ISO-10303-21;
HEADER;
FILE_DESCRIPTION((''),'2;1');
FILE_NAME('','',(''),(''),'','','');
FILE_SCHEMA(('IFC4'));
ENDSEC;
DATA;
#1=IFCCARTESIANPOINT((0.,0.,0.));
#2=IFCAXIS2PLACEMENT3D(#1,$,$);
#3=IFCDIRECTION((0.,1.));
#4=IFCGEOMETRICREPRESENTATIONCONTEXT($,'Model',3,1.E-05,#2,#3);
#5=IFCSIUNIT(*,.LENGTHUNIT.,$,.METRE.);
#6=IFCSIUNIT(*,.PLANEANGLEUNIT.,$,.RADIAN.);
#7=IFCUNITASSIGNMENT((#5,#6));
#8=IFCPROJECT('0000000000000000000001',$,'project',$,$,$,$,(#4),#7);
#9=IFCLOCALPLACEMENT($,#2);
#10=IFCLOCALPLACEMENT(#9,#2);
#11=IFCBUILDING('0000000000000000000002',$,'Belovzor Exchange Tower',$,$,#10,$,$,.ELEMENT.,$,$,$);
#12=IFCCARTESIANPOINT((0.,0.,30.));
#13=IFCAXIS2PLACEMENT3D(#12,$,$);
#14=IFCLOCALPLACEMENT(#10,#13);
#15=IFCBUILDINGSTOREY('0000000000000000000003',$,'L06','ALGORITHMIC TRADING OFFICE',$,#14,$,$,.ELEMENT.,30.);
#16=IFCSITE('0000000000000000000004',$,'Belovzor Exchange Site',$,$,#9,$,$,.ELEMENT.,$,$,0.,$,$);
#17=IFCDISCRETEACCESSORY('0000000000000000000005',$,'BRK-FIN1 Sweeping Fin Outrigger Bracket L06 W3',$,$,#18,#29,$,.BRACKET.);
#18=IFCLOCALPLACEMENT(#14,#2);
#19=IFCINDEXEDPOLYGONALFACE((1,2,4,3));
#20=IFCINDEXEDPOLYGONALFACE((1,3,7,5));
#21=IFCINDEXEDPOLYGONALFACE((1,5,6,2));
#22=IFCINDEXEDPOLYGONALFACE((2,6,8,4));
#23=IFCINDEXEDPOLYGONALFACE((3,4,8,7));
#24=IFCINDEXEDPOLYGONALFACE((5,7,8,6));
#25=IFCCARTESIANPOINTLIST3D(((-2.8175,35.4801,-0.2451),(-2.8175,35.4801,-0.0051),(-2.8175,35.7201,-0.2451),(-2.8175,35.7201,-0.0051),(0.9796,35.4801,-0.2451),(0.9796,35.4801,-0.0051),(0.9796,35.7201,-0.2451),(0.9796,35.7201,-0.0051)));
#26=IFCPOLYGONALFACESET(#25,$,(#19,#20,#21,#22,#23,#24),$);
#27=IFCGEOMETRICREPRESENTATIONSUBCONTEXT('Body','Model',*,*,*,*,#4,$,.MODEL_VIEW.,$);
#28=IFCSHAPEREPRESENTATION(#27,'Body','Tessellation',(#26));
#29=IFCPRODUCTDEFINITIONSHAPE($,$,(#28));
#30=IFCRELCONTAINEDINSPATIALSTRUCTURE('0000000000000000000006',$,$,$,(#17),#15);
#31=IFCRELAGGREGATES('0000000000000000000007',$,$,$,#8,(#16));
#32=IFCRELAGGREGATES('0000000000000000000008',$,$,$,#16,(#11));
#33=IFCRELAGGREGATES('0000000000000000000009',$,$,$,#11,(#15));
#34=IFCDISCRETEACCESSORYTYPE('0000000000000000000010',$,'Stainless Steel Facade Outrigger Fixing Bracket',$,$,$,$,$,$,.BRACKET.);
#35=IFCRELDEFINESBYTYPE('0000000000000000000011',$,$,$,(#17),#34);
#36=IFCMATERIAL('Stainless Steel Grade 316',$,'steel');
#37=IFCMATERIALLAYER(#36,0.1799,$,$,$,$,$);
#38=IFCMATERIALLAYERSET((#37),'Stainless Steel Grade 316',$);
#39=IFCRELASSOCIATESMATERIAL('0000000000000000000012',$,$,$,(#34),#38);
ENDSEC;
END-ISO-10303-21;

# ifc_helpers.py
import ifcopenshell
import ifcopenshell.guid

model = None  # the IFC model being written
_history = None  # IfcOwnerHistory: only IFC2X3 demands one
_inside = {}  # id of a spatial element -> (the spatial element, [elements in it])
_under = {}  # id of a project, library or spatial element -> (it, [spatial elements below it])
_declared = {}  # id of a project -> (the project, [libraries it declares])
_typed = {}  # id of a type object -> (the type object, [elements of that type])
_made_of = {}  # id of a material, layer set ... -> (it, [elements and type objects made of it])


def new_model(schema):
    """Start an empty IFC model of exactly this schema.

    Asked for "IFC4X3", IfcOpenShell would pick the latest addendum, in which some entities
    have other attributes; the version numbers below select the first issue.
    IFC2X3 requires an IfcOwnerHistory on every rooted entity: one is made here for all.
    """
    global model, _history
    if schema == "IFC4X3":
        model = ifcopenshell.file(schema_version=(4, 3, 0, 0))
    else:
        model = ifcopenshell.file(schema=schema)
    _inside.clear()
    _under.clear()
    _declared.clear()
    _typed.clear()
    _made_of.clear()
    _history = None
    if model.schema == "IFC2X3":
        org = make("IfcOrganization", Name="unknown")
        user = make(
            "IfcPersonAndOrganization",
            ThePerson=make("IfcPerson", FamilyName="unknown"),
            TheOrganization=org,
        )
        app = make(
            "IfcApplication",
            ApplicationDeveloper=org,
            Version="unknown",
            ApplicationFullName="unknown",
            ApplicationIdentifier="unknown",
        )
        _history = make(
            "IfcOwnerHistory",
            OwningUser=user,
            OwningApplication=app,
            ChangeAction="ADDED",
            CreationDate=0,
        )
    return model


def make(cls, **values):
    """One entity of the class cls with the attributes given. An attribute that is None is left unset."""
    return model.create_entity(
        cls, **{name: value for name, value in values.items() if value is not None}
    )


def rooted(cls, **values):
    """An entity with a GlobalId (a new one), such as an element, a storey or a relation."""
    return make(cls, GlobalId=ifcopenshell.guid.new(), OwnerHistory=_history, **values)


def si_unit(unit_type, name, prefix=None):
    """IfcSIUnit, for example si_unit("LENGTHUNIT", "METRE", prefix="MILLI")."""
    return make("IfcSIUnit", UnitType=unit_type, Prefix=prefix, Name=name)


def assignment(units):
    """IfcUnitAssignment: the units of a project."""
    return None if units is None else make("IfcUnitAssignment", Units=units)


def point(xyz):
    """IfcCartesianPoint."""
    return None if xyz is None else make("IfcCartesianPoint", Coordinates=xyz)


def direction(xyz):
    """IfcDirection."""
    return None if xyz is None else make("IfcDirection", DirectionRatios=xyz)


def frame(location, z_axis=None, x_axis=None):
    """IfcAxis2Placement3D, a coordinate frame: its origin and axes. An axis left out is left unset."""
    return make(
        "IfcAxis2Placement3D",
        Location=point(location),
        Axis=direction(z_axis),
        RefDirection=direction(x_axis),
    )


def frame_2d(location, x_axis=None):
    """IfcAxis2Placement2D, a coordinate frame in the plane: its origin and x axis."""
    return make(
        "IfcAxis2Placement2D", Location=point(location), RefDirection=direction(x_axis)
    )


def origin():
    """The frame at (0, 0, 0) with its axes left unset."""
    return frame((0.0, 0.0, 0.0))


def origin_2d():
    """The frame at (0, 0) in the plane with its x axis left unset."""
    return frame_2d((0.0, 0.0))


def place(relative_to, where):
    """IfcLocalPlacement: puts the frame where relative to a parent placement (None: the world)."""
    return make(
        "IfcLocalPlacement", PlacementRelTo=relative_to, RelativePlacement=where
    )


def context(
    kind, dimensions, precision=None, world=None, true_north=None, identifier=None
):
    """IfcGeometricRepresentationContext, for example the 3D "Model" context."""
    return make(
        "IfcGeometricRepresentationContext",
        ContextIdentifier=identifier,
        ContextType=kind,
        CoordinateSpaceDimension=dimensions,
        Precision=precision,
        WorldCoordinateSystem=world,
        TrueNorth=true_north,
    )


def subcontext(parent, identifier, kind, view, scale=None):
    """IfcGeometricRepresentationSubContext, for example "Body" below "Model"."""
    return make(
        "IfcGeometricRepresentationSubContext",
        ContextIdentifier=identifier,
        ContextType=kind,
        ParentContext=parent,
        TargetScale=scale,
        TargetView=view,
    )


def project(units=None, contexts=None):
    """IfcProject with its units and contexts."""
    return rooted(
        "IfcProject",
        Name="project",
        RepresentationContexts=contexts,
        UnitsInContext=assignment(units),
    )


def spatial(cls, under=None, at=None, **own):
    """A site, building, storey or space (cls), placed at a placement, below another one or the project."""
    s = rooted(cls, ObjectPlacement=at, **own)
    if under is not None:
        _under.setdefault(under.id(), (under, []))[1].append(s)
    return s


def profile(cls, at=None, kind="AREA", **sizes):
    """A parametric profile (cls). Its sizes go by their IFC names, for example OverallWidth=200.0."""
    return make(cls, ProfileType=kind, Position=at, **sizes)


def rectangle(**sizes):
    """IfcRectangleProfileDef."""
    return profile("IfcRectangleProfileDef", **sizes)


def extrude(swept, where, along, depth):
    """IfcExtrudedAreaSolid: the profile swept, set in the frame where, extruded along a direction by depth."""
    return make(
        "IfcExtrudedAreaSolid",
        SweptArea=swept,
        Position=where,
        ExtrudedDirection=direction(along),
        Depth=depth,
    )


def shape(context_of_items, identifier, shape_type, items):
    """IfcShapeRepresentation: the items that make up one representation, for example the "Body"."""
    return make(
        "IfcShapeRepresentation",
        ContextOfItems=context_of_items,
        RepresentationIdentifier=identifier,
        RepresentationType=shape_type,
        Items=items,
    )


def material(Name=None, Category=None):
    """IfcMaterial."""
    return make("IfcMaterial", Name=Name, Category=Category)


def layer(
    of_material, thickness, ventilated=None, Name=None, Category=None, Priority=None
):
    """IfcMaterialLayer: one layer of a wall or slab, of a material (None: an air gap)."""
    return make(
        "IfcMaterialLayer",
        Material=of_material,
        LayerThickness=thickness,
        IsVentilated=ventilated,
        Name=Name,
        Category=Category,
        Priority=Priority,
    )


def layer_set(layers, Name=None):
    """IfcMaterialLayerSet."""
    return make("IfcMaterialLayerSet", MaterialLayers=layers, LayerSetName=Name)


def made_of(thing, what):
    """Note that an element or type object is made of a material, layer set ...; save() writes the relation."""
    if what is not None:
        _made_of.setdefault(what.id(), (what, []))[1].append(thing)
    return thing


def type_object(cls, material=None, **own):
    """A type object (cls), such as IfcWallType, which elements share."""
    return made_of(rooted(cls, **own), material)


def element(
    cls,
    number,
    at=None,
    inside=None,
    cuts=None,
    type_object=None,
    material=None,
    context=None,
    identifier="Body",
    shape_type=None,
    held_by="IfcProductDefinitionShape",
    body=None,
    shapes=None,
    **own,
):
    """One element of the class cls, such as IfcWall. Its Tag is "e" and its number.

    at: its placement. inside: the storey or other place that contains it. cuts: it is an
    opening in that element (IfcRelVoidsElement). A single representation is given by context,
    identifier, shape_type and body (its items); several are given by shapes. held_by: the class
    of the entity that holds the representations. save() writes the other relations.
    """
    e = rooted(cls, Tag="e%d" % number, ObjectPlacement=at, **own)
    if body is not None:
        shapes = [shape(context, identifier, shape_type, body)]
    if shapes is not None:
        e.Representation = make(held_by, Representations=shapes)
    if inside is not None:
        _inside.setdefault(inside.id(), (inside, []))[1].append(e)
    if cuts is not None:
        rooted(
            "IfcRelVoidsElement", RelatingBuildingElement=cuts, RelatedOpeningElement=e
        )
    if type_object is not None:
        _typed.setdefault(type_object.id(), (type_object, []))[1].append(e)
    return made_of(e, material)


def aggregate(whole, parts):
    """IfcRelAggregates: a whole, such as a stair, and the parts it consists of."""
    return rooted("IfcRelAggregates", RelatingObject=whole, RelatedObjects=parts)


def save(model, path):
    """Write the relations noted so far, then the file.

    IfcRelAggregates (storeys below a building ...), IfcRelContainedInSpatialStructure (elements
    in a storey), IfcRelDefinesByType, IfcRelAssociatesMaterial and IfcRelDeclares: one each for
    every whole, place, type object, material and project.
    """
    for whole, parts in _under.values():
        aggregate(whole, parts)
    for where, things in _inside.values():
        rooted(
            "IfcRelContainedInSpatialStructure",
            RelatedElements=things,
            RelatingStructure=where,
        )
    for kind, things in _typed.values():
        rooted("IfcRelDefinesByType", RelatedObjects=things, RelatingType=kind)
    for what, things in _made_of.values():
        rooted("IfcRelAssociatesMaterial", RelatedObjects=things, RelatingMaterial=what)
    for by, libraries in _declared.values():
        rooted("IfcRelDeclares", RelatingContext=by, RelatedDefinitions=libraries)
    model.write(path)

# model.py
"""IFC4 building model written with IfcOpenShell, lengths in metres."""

from ifc_helpers import new_model, si_unit, direction, frame, origin, origin_2d, place, context, subcontext, project, spatial, rectangle, extrude, material, layer, layer_set, type_object, element, save


model = new_model("IFC4")

# Units and contexts
model_context = context("Model", 3, precision=1e-05, world=origin(), true_north=direction((0.0, 1.0)))
body_context = subcontext(model_context, "Body", "Model", "MODEL_VIEW")
ifc_project = project(units=[si_unit("LENGTHUNIT", "METRE"), si_unit("PLANEANGLEUNIT", "RADIAN")], contexts=[model_context])

# Site, building, storey
site_placement = place(None, origin())
site = spatial("IfcSite", under=ifc_project, at=site_placement, Name="Belovzor Exchange Site", CompositionType="ELEMENT", RefElevation=0.0)
building_placement = place(site_placement, origin())
building = spatial("IfcBuilding", under=site, at=building_placement, Name="Belovzor Exchange Tower", CompositionType="ELEMENT")
storey_placement = place(building_placement, frame((0.0, 0.0, 30.0)))
storey = spatial("IfcBuildingStorey", under=building, at=storey_placement, Name="L06", Description="ALGORITHMIC TRADING OFFICE", CompositionType="ELEMENT", Elevation=30.0)

# Discrete accessory
ifc_material_1 = material(Name="Stainless Steel Grade 316", Category="steel")
ifc_layer_1 = layer(ifc_material_1, 0.1799)
ifc_layer_set_1 = layer_set([ifc_layer_1], Name="Stainless Steel Grade 316")
discrete_accessory_type = type_object("IfcDiscreteAccessoryType", Name="Stainless Steel Facade Outrigger Fixing Bracket", PredefinedType="BRACKET", material=ifc_layer_set_1)
discrete_accessory_placement = place(storey_placement, frame((-0.9189, 35.6001, -0.2451), z_axis=(0.0, 0.0, 1.0), x_axis=(1.0, 0.0, 0.0)))
element("IfcDiscreteAccessory", 1, at=discrete_accessory_placement, inside=storey, type_object=discrete_accessory_type, Name="BRK-FIN1 Sweeping Fin Outrigger Bracket L06 W3", PredefinedType="BRACKET", context=body_context, shape_type="SweptSolid", body=[
    extrude(rectangle(XDim=3.7971, YDim=0.24, at=origin_2d()), origin(), (0.0, 0.0, 1.0), 0.24),
])

save(model, "model.ifc")
